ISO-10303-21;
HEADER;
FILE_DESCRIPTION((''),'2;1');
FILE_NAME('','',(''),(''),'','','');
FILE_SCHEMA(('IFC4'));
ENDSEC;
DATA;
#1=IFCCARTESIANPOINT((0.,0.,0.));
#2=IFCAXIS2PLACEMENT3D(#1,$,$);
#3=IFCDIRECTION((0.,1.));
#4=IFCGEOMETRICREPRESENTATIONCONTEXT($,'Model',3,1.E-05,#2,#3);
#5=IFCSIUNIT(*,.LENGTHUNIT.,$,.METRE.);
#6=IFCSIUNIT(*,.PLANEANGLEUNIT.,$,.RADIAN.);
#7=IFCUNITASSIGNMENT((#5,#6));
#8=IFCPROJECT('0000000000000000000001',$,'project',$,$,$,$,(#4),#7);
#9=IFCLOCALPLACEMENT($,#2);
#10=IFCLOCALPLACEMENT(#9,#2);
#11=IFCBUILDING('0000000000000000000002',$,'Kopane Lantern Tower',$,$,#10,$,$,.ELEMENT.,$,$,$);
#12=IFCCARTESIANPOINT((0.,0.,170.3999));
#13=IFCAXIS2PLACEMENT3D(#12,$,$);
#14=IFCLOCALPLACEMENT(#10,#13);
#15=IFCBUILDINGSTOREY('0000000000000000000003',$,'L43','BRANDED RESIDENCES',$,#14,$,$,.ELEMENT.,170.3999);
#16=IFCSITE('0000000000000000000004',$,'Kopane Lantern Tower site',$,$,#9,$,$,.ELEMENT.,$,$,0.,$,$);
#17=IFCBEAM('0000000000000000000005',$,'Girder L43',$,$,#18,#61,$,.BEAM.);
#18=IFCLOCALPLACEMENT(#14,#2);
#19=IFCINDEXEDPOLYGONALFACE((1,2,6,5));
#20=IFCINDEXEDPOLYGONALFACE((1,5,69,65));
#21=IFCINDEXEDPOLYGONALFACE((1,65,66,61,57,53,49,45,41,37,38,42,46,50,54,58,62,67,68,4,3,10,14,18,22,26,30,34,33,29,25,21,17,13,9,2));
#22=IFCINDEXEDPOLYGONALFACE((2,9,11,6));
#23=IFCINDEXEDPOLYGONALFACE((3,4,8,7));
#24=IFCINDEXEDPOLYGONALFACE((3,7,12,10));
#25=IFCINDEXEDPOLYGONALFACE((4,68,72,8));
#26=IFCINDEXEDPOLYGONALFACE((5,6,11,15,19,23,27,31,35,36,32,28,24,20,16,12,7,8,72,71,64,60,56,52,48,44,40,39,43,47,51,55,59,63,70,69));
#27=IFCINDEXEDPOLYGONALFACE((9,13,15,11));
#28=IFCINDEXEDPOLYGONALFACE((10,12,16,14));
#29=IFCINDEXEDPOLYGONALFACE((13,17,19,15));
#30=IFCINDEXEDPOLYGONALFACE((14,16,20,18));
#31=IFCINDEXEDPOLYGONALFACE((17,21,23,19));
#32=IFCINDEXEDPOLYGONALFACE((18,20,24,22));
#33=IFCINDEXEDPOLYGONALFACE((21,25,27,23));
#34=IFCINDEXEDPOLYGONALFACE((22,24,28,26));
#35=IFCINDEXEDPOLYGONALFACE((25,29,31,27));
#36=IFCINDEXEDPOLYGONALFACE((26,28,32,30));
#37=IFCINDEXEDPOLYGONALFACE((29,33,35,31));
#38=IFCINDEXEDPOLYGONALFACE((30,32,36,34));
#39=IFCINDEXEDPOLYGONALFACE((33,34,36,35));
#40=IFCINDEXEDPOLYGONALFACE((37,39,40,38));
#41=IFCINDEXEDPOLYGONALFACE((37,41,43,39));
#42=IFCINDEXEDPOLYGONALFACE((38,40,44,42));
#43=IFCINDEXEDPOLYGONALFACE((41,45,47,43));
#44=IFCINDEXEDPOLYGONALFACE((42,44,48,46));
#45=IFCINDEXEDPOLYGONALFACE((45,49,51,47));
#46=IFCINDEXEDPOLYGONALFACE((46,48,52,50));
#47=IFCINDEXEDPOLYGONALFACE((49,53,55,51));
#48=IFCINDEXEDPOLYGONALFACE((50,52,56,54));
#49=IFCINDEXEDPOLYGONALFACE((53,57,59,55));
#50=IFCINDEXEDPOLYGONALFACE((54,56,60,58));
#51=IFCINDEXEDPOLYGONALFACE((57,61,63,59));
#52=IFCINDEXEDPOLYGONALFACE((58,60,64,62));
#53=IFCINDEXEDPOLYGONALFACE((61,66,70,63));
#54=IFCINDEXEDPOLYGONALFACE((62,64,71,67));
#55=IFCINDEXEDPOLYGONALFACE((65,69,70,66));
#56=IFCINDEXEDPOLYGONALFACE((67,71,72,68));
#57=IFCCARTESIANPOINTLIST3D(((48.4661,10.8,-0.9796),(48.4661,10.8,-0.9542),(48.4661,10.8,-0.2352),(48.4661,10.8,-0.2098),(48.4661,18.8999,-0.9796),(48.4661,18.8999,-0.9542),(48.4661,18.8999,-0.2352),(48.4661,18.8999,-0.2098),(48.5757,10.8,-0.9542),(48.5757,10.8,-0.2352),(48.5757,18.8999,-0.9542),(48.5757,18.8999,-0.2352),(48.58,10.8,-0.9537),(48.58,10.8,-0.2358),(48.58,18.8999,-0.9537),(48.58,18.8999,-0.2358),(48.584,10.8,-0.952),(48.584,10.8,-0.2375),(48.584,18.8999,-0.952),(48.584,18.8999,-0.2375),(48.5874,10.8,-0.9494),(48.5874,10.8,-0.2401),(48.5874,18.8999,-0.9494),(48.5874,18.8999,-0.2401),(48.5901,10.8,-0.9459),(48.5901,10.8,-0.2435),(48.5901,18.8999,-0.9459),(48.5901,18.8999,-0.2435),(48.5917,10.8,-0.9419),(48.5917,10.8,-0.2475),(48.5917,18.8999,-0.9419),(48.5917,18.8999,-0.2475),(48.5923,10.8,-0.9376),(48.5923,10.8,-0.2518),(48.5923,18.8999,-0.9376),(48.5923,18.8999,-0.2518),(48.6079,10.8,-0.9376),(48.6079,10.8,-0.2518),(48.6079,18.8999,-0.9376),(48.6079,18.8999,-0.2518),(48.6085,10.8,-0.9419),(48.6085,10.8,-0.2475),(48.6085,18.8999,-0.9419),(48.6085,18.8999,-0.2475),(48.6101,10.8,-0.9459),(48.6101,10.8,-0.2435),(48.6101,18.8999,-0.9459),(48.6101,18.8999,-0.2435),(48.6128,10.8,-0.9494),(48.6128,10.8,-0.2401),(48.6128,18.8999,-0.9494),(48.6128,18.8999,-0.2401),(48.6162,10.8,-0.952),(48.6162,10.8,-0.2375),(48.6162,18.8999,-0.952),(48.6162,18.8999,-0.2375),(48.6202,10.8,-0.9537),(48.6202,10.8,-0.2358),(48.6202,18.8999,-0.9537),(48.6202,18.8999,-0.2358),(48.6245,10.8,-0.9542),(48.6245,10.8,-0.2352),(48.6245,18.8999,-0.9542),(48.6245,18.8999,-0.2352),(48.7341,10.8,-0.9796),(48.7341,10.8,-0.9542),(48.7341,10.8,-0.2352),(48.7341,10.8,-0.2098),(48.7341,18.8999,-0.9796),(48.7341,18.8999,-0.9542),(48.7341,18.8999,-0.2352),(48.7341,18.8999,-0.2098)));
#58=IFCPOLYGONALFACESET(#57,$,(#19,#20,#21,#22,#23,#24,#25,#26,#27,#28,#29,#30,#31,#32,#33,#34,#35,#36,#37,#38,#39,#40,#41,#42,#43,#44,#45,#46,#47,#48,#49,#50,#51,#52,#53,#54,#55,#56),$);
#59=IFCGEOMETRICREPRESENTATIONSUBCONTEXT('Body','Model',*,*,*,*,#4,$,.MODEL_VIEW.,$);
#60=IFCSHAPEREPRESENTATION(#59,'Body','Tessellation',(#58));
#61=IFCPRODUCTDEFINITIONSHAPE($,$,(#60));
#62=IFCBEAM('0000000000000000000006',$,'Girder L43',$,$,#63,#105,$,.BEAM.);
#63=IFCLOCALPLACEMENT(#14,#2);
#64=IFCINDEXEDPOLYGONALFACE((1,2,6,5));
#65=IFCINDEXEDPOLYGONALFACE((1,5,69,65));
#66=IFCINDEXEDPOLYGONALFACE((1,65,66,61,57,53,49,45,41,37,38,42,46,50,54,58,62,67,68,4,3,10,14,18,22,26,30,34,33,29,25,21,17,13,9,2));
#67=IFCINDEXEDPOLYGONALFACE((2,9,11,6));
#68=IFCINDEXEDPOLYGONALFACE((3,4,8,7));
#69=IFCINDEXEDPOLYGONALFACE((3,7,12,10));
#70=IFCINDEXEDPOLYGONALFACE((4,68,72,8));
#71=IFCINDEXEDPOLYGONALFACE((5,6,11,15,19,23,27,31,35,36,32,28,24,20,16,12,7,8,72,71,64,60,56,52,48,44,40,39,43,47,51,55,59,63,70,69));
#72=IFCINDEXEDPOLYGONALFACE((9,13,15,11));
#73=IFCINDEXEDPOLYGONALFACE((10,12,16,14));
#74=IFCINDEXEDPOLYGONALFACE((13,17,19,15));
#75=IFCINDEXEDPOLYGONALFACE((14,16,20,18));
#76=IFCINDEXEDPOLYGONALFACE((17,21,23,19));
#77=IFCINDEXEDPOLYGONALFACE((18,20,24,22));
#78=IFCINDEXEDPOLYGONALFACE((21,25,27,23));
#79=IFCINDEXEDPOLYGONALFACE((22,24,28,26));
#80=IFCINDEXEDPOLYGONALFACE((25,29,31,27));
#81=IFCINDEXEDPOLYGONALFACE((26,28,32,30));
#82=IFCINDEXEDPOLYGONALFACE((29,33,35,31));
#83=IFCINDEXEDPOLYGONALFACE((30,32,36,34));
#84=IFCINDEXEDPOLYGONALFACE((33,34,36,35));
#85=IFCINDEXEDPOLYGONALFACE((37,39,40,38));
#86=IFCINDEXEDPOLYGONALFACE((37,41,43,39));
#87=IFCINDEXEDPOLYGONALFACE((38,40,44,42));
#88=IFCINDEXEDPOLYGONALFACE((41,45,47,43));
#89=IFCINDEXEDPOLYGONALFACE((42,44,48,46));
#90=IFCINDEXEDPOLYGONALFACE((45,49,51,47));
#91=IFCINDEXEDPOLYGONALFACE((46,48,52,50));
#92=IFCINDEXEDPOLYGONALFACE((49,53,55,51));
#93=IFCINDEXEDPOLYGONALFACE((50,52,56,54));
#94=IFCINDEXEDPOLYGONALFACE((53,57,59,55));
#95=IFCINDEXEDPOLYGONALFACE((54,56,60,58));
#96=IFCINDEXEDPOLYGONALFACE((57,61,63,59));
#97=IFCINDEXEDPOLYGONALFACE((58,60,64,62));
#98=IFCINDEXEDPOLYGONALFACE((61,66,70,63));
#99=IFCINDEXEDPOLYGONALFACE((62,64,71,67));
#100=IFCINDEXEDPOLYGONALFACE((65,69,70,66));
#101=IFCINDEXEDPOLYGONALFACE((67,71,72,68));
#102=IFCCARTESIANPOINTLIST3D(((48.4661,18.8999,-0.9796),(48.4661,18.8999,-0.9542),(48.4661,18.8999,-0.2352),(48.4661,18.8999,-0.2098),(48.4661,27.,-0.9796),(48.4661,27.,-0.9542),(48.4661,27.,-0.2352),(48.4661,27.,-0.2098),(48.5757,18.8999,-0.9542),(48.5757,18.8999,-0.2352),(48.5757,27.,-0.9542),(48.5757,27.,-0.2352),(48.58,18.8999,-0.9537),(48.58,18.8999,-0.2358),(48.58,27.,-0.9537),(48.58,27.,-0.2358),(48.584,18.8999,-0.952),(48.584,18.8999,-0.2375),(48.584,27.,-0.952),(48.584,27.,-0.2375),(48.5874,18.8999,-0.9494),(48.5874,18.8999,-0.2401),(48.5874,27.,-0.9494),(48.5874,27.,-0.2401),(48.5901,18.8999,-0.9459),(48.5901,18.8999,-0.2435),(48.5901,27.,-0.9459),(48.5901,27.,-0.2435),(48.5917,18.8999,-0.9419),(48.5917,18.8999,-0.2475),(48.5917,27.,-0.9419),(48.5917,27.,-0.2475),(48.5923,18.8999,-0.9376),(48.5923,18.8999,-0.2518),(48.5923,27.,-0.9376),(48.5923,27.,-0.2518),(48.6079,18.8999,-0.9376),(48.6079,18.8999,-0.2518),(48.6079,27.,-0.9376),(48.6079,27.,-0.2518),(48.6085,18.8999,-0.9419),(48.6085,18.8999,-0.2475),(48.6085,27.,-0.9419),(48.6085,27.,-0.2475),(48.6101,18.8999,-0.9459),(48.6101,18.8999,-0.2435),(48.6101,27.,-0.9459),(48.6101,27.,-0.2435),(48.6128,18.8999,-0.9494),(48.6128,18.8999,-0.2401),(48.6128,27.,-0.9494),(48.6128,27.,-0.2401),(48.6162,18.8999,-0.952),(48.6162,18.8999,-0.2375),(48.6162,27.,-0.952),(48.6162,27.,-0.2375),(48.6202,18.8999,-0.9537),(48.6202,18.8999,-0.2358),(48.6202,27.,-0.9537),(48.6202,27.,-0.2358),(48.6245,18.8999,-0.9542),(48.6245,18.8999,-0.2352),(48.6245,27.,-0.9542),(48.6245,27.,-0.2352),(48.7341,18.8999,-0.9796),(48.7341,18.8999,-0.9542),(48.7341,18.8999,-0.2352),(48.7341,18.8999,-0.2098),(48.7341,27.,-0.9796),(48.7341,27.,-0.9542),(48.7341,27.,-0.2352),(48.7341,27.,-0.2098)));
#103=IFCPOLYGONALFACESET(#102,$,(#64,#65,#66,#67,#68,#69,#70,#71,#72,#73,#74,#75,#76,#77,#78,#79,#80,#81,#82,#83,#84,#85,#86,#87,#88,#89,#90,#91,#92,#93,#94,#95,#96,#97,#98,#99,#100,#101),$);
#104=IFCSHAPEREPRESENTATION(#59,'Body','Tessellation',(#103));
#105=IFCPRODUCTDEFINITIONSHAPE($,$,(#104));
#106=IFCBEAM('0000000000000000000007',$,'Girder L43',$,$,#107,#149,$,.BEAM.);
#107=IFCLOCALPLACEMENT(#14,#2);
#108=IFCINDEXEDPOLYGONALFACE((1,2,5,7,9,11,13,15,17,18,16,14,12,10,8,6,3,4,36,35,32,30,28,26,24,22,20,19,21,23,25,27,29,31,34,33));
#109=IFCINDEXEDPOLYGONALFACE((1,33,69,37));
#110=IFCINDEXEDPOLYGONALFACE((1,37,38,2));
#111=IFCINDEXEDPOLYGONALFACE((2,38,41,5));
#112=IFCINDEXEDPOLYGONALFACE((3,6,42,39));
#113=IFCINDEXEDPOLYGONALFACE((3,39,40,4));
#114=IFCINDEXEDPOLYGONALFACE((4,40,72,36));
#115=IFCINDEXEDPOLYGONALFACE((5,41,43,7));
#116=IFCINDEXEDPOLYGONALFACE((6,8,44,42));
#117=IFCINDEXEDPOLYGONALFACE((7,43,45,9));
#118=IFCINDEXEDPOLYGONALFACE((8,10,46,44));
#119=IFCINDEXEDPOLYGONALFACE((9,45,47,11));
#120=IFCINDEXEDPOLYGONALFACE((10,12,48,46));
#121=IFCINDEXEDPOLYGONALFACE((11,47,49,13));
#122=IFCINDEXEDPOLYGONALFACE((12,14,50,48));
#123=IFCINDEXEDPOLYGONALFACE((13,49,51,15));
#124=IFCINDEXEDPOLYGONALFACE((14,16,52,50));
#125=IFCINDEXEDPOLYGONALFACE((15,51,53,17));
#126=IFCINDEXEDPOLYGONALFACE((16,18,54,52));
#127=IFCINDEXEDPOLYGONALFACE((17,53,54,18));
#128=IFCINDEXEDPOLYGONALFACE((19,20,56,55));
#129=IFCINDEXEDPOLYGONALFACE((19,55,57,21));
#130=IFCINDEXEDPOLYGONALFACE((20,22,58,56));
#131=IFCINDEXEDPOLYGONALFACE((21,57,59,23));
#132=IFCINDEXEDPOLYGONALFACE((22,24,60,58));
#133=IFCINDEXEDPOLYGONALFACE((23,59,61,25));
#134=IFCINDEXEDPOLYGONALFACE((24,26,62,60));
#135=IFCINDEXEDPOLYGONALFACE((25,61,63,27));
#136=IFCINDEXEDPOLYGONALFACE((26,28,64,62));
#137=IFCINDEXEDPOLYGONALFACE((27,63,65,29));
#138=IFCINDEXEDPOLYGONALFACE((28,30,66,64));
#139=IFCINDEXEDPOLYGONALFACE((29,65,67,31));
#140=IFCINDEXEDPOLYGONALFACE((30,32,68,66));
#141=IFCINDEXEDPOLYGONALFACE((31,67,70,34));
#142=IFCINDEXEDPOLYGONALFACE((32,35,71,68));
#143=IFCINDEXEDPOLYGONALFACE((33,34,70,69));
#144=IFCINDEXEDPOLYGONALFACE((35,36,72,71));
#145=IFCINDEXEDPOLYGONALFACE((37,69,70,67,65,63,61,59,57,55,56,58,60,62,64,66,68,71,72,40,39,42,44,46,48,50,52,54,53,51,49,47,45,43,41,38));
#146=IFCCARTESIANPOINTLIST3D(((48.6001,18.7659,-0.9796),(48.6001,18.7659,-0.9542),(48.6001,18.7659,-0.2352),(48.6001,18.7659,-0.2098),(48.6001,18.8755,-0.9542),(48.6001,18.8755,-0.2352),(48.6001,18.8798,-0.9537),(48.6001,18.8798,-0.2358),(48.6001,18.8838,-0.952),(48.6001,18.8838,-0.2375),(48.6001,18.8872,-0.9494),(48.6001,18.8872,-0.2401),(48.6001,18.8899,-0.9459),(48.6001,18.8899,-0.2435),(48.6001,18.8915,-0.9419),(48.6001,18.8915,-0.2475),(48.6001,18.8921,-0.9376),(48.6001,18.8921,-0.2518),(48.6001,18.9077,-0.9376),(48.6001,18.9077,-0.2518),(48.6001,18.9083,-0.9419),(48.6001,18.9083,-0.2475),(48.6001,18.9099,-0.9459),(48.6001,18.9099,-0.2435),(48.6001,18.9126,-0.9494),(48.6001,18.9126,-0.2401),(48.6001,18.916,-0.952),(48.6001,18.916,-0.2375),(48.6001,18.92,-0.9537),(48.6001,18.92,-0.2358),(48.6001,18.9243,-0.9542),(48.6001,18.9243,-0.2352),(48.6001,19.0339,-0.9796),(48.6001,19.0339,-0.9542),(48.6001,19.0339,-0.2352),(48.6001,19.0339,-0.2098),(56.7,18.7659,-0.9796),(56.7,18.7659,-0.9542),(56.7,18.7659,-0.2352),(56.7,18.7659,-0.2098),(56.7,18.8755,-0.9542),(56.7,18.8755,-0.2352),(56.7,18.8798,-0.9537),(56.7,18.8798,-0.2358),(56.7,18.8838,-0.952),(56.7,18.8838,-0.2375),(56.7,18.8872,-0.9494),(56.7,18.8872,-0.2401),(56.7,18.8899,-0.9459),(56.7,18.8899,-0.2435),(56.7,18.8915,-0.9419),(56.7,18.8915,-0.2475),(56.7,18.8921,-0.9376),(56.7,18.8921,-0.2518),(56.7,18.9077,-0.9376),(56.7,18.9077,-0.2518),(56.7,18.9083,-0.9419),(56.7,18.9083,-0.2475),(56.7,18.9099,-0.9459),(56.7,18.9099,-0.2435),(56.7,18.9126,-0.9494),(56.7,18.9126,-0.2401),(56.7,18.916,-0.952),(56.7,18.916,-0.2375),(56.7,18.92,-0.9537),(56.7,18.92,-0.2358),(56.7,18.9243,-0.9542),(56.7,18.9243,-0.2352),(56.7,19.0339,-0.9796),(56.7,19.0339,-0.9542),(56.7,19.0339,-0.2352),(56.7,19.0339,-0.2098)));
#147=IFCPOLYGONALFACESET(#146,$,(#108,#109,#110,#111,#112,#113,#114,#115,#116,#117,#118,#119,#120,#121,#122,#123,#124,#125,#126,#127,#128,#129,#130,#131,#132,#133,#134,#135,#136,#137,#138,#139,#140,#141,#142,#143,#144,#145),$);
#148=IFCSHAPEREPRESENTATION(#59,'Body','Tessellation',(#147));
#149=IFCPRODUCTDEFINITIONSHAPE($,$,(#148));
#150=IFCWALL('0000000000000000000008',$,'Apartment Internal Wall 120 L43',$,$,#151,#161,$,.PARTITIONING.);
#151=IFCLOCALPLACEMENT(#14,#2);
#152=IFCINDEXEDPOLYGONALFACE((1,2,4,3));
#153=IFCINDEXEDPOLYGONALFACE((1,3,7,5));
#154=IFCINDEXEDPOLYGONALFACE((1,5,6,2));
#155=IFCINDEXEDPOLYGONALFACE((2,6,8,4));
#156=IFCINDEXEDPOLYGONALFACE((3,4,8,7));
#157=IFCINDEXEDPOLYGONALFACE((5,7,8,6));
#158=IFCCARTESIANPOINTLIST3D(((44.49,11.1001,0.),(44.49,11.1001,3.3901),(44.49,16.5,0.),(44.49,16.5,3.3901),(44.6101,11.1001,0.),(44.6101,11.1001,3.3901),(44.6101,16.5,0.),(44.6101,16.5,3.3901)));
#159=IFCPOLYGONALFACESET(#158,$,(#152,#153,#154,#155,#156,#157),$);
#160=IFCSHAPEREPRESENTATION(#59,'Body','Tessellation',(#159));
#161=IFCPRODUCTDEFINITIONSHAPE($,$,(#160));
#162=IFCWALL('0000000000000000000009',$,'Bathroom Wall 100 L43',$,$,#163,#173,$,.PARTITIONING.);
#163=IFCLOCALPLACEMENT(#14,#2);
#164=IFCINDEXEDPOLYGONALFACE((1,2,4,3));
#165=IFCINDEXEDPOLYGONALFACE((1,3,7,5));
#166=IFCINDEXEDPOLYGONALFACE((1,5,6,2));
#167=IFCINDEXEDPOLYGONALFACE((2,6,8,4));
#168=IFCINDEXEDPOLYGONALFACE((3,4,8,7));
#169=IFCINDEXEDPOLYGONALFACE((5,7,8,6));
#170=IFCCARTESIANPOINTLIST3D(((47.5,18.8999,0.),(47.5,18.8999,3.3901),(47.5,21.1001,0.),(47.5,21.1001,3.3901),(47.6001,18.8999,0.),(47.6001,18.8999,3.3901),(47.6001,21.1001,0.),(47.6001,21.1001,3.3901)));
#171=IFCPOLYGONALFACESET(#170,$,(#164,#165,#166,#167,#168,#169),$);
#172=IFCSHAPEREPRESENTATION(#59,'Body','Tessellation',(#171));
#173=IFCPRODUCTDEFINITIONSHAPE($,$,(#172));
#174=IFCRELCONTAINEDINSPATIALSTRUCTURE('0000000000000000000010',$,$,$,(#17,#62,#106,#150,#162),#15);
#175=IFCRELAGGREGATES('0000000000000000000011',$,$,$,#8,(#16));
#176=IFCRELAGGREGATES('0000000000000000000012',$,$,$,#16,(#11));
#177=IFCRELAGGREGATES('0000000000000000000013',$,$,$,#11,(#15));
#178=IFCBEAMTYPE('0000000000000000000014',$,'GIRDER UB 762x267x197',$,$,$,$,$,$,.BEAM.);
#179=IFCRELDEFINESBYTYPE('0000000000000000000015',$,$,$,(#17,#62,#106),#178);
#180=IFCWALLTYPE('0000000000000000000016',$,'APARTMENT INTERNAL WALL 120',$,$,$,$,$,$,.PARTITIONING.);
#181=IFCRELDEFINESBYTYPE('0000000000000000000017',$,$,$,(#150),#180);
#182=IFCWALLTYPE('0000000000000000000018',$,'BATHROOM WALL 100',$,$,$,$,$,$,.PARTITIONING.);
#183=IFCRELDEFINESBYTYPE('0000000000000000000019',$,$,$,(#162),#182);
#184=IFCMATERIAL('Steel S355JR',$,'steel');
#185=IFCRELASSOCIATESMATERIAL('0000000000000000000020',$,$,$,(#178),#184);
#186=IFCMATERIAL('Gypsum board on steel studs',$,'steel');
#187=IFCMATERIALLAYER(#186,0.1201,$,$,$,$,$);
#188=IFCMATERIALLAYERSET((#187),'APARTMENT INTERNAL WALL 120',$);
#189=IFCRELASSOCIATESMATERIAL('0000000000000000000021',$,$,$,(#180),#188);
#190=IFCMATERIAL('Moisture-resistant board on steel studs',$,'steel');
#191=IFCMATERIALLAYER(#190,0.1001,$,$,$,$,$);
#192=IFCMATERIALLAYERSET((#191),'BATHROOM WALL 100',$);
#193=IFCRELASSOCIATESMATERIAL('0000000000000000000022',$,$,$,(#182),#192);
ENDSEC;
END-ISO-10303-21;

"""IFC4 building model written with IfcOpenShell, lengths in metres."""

from ifc_helpers import new_model, si_unit, direction, frame, frame_2d, origin, origin_2d, place, context, subcontext, project, spatial, rectangle, i_section, extrude, material, layer, layer_set, material_profile, profile_set, type_object, element, save


model = new_model("IFC4")

# Units and contexts
model_context = context("Model", 3, precision=1e-05, world=origin(), true_north=direction((0.0, 1.0)))
body_context = subcontext(model_context, "Body", "Model", "MODEL_VIEW")
ifc_project = project(units=[si_unit("LENGTHUNIT", "METRE"), si_unit("PLANEANGLEUNIT", "RADIAN")], contexts=[model_context])

# Site, building, storey
site_placement = place(None, origin())
site = spatial("IfcSite", under=ifc_project, at=site_placement, Name="Kopane Lantern Tower site", CompositionType="ELEMENT", RefElevation=0.0)
building_placement = place(site_placement, origin())
building = spatial("IfcBuilding", under=site, at=building_placement, Name="Kopane Lantern Tower", CompositionType="ELEMENT")
storey_placement = place(building_placement, frame((0.0, 0.0, 170.3999)))
storey = spatial("IfcBuildingStorey", under=building, at=storey_placement, Name="L43", Description="BRANDED RESIDENCES", CompositionType="ELEMENT", Elevation=170.3999)

# Beams
ifc_material_1 = material(Name="Steel S355JR", Category="steel")
ifc_material_profile_1 = material_profile(ifc_material_1, i_section(OverallWidth=0.2681, OverallDepth=0.7698, WebThickness=0.0156, FlangeThickness=0.0254, FilletRadius=0.0166, at=origin_2d()), Name="UB 762x267x197")
ifc_profile_set_1 = profile_set([ifc_material_profile_1], Name="Steel S355JR")
beam_type_1 = type_object("IfcBeamType", Name="GIRDER UB 762x267x197", PredefinedType="BEAM", material=ifc_profile_set_1)
beam_1_placement = place(storey_placement, frame((48.6001, 10.8, -0.5947), z_axis=(0.0, 1.0, 0.0), x_axis=(-1.0, 0.0, 0.0)))
element("IfcBeam", 1, at=beam_1_placement, inside=storey, type_object=beam_type_1, Name="Girder L43", PredefinedType="BEAM", context=body_context, shape_type="SweptSolid", body=[
    extrude(i_section(OverallWidth=0.2681, OverallDepth=0.7698, WebThickness=0.0156, FlangeThickness=0.0254, FilletRadius=0.0166, at=origin_2d()), origin(), (0.0, 0.0, 1.0), 8.0999),
])
beam_2_placement = place(storey_placement, frame((48.6001, 18.8999, -0.5947), z_axis=(0.0, 1.0, 0.0), x_axis=(-1.0, 0.0, 0.0)))
element("IfcBeam", 2, at=beam_2_placement, inside=storey, type_object=beam_type_1, Name="Girder L43", PredefinedType="BEAM", context=body_context, shape_type="SweptSolid", body=[
    extrude(i_section(OverallWidth=0.2681, OverallDepth=0.7698, WebThickness=0.0156, FlangeThickness=0.0254, FilletRadius=0.0166, at=origin_2d()), origin(), (0.0, 0.0, 1.0), 8.1001),
])
beam_3_placement = place(storey_placement, frame((48.6001, 18.8999, -0.5947), z_axis=(1.0, 0.0, 0.0), x_axis=(0.0, 1.0, 0.0)))
element("IfcBeam", 3, at=beam_3_placement, inside=storey, type_object=beam_type_1, Name="Girder L43", PredefinedType="BEAM", context=body_context, shape_type="SweptSolid", body=[
    extrude(i_section(OverallWidth=0.2681, OverallDepth=0.7698, WebThickness=0.0156, FlangeThickness=0.0254, FilletRadius=0.0166, at=origin_2d()), origin(), (0.0, 0.0, 1.0), 8.0999),
])

# Walls
ifc_material_2 = material(Name="Gypsum board on steel studs", Category="steel")
ifc_layer_1 = layer(ifc_material_2, 0.1201)
ifc_layer_set_1 = layer_set([ifc_layer_1], Name="APARTMENT INTERNAL WALL 120")
wall_type_1 = type_object("IfcWallType", Name="APARTMENT INTERNAL WALL 120", PredefinedType="PARTITIONING", material=ifc_layer_set_1)
wall_1_placement = place(storey_placement, frame((44.55, 16.5, 0.0), z_axis=(0.0, 0.0, 1.0), x_axis=(0.0, -1.0, 0.0)))
element("IfcWall", 4, at=wall_1_placement, inside=storey, type_object=wall_type_1, Name="Apartment Internal Wall 120 L43", PredefinedType="PARTITIONING", context=body_context, shape_type="SweptSolid", body=[
    extrude(rectangle(XDim=5.3999, YDim=0.1201, at=frame_2d((2.7, 0.0))), origin(), (0.0, 0.0, 1.0), 3.3901),
])
ifc_material_3 = material(Name="Moisture-resistant board on steel studs", Category="steel")
ifc_layer_2 = layer(ifc_material_3, 0.1001)
ifc_layer_set_2 = layer_set([ifc_layer_2], Name="BATHROOM WALL 100")
wall_type_2 = type_object("IfcWallType", Name="BATHROOM WALL 100", PredefinedType="PARTITIONING", material=ifc_layer_set_2)
wall_2_placement = place(storey_placement, frame((47.55, 18.8999, 0.0), z_axis=(0.0, 0.0, 1.0), x_axis=(0.0, 1.0, 0.0)))
element("IfcWall", 5, at=wall_2_placement, inside=storey, type_object=wall_type_2, Name="Bathroom Wall 100 L43", PredefinedType="PARTITIONING", context=body_context, shape_type="SweptSolid", body=[
    extrude(rectangle(XDim=2.2002, YDim=0.1001, at=frame_2d((1.1001, 0.0))), origin(), (0.0, 0.0, 1.0), 3.3901),
])

save(model, "model.ifc")
